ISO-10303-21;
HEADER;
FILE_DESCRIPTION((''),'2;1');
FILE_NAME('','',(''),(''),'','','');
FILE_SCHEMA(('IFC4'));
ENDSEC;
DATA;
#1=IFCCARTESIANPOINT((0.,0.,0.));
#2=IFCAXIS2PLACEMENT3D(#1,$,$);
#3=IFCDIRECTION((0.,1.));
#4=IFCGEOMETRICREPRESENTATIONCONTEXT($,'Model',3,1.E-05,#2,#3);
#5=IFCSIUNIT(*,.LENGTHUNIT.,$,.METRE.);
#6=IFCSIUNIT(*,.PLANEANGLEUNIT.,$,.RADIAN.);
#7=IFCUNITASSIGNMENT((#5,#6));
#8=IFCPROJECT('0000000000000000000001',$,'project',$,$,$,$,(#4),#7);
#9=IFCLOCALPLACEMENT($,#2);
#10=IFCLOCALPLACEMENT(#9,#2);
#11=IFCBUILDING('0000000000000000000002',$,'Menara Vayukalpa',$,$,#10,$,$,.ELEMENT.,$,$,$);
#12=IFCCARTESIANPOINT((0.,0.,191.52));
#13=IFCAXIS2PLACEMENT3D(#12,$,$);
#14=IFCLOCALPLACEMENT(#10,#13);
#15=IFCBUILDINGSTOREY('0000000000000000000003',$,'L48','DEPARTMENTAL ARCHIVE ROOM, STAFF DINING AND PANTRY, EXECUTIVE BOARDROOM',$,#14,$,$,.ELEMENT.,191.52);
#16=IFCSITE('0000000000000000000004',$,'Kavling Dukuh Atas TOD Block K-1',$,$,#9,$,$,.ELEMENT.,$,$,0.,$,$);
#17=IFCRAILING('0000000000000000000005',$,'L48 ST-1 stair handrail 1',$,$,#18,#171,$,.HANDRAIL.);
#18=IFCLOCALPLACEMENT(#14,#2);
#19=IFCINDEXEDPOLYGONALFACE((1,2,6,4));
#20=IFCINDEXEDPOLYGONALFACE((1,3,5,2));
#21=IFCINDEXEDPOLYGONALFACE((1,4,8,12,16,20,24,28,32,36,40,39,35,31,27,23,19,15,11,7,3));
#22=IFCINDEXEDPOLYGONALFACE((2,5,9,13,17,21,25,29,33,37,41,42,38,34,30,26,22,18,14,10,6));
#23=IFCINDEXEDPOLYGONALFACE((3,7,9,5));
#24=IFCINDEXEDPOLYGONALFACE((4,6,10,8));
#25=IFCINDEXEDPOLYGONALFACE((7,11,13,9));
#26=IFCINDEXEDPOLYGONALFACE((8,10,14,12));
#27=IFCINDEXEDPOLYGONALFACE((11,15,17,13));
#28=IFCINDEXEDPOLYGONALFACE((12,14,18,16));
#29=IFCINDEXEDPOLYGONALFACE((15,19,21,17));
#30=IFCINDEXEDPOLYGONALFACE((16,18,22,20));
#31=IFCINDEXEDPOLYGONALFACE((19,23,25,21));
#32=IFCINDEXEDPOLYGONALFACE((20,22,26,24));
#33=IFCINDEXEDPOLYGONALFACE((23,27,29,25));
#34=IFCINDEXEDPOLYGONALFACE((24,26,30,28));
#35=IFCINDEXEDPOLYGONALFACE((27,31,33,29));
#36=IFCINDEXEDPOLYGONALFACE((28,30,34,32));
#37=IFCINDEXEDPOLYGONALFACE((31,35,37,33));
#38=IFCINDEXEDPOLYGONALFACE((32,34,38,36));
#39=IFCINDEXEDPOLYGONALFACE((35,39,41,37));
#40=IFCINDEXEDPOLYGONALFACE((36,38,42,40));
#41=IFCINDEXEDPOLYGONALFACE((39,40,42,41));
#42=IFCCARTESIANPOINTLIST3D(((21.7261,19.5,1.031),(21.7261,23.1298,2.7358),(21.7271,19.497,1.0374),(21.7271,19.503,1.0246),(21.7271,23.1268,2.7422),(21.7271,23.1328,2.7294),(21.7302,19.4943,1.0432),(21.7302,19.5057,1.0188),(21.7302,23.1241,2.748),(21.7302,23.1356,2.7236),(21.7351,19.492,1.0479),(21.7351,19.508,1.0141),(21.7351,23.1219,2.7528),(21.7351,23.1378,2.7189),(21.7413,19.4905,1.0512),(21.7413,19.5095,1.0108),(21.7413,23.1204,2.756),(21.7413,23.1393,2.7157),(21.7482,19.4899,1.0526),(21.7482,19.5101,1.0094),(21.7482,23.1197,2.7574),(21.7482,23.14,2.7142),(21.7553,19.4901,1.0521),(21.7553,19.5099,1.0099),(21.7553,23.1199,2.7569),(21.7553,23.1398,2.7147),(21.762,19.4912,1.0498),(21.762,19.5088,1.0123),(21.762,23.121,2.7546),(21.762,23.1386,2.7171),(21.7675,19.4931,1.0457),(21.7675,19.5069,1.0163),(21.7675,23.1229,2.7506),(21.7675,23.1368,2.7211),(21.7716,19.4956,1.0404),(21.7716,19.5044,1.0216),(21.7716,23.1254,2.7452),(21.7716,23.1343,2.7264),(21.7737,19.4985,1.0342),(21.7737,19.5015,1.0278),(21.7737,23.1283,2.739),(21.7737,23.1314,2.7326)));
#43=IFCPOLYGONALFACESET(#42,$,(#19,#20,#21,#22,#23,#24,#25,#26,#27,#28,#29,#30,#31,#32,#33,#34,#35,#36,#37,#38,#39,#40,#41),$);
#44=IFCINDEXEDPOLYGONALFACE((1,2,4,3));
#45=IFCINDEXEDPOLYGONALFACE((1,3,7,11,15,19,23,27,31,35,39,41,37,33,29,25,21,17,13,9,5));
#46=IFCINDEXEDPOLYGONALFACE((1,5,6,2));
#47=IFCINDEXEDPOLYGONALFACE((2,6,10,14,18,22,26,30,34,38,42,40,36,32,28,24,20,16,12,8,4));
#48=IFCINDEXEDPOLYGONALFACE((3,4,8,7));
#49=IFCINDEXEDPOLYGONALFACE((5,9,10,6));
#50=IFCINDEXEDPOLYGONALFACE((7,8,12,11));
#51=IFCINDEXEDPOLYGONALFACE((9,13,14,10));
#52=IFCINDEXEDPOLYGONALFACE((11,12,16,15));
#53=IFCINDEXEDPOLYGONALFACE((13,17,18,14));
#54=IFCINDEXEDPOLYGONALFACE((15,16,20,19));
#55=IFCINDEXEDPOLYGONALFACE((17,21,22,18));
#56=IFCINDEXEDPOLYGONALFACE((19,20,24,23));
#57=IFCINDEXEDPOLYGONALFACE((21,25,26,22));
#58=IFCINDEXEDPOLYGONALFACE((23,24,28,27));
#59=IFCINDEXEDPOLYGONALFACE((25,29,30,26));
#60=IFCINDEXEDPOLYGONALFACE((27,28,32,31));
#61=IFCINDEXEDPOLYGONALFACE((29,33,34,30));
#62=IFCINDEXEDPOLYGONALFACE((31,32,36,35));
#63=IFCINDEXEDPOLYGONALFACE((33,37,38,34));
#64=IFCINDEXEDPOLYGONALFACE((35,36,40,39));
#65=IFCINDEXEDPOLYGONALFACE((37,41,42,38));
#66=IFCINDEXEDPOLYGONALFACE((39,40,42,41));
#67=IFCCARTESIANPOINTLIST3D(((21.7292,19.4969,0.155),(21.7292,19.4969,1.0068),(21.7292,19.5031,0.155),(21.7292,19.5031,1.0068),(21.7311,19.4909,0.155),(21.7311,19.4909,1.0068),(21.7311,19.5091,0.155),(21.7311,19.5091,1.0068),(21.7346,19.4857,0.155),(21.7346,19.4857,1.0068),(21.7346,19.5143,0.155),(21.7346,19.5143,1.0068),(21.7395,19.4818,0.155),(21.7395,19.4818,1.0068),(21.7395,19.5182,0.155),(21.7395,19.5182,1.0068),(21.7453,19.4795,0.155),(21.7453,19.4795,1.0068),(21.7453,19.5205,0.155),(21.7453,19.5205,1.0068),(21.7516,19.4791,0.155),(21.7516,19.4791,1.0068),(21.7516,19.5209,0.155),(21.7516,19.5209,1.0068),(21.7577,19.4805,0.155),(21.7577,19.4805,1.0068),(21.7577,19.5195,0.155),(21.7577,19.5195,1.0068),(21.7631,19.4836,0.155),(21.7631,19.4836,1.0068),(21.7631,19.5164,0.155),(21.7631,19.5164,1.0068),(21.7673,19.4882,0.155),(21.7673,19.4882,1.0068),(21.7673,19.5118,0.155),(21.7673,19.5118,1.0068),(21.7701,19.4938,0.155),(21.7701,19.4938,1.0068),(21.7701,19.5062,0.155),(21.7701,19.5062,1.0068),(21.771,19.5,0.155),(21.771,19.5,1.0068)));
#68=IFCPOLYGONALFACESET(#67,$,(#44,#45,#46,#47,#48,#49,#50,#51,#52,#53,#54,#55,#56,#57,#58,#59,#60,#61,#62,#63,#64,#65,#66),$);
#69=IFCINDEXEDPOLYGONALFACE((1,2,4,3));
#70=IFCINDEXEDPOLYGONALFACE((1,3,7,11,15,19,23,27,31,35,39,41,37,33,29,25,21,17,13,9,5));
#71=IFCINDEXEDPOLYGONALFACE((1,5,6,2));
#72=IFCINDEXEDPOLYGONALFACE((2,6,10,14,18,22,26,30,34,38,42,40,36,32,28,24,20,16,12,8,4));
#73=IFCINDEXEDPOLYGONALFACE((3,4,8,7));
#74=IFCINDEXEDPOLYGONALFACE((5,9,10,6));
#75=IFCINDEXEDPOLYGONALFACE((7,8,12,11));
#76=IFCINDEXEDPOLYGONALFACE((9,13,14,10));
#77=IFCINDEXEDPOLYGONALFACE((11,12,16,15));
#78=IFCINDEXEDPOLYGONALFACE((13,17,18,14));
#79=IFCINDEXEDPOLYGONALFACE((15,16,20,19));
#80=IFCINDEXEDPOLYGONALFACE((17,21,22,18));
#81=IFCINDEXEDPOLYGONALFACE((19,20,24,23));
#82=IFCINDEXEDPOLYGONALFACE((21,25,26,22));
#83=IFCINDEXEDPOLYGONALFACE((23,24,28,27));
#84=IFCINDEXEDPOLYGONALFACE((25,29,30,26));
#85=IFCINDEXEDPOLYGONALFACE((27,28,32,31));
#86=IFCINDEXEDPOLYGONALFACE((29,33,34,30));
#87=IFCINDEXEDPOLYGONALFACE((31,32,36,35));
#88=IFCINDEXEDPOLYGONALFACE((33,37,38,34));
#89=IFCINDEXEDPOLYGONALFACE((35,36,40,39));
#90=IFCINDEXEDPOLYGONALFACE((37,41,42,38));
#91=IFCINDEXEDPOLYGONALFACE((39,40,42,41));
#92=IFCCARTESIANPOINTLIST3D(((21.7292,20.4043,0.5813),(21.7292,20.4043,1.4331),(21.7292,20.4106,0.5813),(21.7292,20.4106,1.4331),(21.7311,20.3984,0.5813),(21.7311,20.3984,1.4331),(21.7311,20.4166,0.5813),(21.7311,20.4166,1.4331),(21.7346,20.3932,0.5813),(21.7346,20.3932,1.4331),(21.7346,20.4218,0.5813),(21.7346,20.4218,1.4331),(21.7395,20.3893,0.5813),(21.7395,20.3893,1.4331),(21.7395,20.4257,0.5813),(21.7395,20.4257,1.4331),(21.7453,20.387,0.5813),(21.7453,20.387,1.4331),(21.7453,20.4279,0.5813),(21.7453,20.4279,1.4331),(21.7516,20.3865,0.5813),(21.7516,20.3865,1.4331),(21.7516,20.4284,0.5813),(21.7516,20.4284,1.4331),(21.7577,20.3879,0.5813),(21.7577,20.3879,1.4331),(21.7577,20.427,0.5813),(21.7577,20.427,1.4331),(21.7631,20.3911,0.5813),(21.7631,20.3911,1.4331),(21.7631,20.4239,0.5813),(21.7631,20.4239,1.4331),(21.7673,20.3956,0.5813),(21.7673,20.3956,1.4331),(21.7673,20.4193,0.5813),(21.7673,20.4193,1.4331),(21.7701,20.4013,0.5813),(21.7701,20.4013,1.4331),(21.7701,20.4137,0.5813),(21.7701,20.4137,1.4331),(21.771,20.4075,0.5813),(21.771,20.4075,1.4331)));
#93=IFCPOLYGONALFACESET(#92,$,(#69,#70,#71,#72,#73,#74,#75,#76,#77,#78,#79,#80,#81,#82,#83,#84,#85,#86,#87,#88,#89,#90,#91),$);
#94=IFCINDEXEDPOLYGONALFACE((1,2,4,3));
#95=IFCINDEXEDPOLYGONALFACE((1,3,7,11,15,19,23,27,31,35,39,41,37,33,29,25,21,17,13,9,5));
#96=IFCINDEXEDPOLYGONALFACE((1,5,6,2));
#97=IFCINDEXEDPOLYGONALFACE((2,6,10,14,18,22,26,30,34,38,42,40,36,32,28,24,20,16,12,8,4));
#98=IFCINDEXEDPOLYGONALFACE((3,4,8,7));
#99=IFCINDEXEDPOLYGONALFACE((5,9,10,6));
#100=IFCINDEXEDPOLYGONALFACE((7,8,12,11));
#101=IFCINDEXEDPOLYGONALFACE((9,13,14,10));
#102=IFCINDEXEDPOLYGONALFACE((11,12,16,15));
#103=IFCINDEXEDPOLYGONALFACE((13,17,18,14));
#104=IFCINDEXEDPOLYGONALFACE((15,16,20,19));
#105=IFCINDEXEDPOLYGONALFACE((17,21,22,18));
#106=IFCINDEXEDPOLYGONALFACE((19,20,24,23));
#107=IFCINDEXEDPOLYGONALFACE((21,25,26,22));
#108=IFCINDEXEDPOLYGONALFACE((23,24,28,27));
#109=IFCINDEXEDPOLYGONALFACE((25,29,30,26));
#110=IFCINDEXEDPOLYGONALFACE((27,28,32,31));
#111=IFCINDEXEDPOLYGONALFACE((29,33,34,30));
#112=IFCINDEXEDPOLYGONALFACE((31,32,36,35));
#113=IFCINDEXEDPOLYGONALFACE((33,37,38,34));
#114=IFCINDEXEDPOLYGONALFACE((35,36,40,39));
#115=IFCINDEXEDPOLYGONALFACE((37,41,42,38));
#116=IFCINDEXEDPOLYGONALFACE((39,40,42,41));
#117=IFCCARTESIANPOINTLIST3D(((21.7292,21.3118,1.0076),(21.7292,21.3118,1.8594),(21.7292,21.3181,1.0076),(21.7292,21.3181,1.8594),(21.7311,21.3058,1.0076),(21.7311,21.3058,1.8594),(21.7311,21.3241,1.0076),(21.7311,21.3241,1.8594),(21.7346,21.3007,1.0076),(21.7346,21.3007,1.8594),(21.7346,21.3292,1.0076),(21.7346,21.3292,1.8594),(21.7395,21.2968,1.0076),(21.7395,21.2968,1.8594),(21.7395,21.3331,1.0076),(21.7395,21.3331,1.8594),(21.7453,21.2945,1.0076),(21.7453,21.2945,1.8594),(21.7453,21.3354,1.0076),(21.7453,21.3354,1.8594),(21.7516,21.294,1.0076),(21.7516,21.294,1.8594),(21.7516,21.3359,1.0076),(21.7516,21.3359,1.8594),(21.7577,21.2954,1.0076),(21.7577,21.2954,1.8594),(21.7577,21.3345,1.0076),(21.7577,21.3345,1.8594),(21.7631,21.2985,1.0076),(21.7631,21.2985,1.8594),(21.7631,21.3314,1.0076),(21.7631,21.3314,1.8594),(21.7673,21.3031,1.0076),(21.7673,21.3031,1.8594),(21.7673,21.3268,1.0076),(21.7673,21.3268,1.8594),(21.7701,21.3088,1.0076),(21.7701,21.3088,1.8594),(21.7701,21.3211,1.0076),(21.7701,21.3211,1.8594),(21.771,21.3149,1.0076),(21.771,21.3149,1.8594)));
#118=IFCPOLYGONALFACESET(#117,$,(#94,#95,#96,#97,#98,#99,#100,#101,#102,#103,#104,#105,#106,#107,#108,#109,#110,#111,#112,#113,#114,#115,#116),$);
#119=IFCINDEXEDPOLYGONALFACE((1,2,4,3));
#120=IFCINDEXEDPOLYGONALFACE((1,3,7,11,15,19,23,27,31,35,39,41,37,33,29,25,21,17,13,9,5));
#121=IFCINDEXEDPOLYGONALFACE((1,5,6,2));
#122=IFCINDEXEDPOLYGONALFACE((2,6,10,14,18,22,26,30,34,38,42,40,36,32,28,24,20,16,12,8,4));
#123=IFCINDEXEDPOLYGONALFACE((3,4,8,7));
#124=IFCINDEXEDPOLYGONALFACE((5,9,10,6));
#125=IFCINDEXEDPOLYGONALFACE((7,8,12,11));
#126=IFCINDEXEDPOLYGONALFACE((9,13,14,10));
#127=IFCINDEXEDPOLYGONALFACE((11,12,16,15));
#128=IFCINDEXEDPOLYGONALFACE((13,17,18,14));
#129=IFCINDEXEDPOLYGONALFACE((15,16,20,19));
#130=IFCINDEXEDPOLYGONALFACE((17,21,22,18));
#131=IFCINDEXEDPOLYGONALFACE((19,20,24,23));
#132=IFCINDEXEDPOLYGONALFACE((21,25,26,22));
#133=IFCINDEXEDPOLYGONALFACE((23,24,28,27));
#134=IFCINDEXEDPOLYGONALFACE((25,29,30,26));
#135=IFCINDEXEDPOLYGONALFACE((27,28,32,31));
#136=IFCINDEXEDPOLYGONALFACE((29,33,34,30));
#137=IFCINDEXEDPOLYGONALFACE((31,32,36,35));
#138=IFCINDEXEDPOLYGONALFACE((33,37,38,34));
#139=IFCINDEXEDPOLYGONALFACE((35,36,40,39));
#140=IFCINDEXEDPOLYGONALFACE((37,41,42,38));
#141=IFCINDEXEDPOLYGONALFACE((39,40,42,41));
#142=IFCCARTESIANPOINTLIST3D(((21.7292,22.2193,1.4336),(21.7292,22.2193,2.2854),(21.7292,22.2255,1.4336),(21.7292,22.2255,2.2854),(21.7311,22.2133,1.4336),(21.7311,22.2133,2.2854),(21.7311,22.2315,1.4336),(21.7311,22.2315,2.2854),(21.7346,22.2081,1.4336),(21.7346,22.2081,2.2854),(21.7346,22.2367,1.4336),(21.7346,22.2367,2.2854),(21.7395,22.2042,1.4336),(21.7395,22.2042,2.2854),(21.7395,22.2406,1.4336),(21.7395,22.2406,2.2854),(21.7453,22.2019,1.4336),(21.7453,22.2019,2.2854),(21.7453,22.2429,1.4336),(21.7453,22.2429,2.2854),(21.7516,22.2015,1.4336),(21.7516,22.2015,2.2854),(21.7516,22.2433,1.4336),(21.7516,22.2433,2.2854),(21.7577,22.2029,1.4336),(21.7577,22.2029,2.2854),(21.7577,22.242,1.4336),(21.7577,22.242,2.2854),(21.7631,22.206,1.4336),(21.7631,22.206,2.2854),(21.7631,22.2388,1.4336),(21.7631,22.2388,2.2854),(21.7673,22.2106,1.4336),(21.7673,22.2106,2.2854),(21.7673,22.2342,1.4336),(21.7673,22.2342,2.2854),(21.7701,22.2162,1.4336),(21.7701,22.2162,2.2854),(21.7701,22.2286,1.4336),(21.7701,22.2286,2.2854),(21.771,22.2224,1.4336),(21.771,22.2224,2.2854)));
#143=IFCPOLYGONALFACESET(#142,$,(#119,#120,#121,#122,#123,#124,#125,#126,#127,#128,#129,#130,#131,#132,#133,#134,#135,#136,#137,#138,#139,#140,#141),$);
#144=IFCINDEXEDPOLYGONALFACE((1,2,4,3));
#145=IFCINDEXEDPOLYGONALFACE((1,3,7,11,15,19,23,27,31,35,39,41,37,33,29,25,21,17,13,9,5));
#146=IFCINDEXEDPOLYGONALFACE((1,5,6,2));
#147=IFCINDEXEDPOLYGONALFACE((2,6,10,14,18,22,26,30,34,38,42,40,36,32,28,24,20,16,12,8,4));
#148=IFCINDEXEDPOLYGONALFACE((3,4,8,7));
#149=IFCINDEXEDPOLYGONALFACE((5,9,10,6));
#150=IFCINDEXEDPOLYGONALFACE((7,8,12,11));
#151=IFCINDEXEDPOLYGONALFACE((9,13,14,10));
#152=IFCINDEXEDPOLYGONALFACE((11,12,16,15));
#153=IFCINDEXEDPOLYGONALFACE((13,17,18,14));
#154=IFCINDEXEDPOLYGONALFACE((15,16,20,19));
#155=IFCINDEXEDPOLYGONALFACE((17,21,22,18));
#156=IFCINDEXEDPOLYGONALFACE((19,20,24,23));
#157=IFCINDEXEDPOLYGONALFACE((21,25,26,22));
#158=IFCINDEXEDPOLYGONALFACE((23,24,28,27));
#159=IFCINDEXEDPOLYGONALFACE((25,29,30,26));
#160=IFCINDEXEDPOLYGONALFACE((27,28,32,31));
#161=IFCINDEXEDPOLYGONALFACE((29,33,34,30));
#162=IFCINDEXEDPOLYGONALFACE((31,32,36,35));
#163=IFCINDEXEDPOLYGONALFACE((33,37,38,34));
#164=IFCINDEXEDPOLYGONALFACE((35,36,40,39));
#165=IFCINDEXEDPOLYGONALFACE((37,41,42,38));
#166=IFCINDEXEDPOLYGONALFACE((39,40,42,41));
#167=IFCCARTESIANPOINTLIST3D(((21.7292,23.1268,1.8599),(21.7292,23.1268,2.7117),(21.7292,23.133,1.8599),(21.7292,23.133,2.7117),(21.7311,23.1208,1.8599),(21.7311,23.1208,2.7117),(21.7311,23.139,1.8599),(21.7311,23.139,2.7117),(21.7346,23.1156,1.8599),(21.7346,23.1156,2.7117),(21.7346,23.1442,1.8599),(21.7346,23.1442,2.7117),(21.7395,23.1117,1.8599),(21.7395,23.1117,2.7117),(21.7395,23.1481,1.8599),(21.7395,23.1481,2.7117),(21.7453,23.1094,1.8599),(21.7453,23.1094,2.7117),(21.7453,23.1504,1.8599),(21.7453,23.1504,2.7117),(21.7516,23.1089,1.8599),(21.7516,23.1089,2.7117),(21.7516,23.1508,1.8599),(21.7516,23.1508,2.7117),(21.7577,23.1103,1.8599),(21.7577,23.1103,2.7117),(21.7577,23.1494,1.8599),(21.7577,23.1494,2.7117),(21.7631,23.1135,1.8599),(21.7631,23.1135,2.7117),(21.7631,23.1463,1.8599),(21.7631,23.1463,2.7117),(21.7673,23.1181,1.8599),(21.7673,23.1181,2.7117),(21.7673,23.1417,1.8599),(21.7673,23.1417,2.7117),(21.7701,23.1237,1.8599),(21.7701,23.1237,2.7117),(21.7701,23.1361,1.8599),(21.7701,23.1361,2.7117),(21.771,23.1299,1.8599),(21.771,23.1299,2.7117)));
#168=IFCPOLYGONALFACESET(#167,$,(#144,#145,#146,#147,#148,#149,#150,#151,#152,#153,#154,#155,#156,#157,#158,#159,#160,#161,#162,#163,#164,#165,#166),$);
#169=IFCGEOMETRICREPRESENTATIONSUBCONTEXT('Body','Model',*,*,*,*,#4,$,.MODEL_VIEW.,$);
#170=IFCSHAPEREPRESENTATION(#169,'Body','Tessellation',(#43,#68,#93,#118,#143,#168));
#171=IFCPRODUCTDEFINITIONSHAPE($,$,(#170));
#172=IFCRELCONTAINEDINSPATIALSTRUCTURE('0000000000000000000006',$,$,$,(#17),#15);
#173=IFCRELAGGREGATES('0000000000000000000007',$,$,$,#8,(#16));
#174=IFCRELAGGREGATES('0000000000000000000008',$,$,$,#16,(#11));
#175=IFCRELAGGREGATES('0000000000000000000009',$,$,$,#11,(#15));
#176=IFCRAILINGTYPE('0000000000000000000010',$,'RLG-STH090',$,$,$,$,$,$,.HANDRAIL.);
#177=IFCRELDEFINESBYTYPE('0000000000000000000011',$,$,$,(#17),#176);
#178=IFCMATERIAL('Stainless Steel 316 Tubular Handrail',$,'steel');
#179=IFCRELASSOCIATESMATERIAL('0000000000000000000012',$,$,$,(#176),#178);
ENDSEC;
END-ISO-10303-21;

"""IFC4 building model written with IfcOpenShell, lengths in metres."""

from ifc_helpers import new_model, si_unit, direction, frame, origin, origin_2d, place, context, subcontext, project, spatial, circle, extrude, material, type_object, element, save


model = new_model("IFC4")

# Units and contexts
model_context = context("Model", 3, precision=1e-05, world=origin(), true_north=direction((0.0, 1.0)))
body_context = subcontext(model_context, "Body", "Model", "MODEL_VIEW")
ifc_project = project(units=[si_unit("LENGTHUNIT", "METRE"), si_unit("PLANEANGLEUNIT", "RADIAN")], contexts=[model_context])

# Site, building, storey
site_placement = place(None, origin())
site = spatial("IfcSite", under=ifc_project, at=site_placement, Name="Kavling Dukuh Atas TOD Block K-1", CompositionType="ELEMENT", RefElevation=0.0)
building_placement = place(site_placement, origin())
building = spatial("IfcBuilding", under=site, at=building_placement, Name="Menara Vayukalpa", CompositionType="ELEMENT")
storey_placement = place(building_placement, frame((0.0, 0.0, 191.52)))
storey = spatial("IfcBuildingStorey", under=building, at=storey_placement, Name="L48", Description="DEPARTMENTAL ARCHIVE ROOM, STAFF DINING AND PANTRY, EXECUTIVE BOARDROOM", CompositionType="ELEMENT", Elevation=191.52)

# Railing
ifc_material_1 = material(Name="Stainless Steel 316 Tubular Handrail", Category="steel")
railing_type_1 = type_object("IfcRailingType", Name="RLG-STH090", PredefinedType="HANDRAIL", material=ifc_material_1)
railing_1_placement = place(storey_placement, frame((21.75, 19.5, 0.155)))
element("IfcRailing", 1, at=railing_1_placement, inside=storey, type_object=railing_type_1, Name="L48 ST-1 stair handrail 1", PredefinedType="HANDRAIL", context=body_context, shape_type="SweptSolid", body=[
    extrude(circle(Radius=0.0239, at=origin_2d()), frame((0.0, 0.0, 0.876), z_axis=(0.0, 0.90514, 0.425114), x_axis=(-1.0, 0.0, 0.0)), (0.0, 0.0, 1.0), 4.0103),
    extrude(circle(Radius=0.021, at=origin_2d()), origin(), (0.0, 0.0, 1.0), 0.8518),
    extrude(circle(Radius=0.021, at=origin_2d()), frame((0.0, 0.9075, 0.4263)), (0.0, 0.0, 1.0), 0.8518),
    extrude(circle(Radius=0.021, at=origin_2d()), frame((0.0, 1.8149, 0.8525)), (0.0, 0.0, 1.0), 0.8518),
    extrude(circle(Radius=0.021, at=origin_2d()), frame((0.0, 2.7224, 1.2786)), (0.0, 0.0, 1.0), 0.8518),
    extrude(circle(Radius=0.021, at=origin_2d()), frame((0.0, 3.6299, 1.7048)), (0.0, 0.0, 1.0), 0.8518),
])

save(model, "model.ifc")
